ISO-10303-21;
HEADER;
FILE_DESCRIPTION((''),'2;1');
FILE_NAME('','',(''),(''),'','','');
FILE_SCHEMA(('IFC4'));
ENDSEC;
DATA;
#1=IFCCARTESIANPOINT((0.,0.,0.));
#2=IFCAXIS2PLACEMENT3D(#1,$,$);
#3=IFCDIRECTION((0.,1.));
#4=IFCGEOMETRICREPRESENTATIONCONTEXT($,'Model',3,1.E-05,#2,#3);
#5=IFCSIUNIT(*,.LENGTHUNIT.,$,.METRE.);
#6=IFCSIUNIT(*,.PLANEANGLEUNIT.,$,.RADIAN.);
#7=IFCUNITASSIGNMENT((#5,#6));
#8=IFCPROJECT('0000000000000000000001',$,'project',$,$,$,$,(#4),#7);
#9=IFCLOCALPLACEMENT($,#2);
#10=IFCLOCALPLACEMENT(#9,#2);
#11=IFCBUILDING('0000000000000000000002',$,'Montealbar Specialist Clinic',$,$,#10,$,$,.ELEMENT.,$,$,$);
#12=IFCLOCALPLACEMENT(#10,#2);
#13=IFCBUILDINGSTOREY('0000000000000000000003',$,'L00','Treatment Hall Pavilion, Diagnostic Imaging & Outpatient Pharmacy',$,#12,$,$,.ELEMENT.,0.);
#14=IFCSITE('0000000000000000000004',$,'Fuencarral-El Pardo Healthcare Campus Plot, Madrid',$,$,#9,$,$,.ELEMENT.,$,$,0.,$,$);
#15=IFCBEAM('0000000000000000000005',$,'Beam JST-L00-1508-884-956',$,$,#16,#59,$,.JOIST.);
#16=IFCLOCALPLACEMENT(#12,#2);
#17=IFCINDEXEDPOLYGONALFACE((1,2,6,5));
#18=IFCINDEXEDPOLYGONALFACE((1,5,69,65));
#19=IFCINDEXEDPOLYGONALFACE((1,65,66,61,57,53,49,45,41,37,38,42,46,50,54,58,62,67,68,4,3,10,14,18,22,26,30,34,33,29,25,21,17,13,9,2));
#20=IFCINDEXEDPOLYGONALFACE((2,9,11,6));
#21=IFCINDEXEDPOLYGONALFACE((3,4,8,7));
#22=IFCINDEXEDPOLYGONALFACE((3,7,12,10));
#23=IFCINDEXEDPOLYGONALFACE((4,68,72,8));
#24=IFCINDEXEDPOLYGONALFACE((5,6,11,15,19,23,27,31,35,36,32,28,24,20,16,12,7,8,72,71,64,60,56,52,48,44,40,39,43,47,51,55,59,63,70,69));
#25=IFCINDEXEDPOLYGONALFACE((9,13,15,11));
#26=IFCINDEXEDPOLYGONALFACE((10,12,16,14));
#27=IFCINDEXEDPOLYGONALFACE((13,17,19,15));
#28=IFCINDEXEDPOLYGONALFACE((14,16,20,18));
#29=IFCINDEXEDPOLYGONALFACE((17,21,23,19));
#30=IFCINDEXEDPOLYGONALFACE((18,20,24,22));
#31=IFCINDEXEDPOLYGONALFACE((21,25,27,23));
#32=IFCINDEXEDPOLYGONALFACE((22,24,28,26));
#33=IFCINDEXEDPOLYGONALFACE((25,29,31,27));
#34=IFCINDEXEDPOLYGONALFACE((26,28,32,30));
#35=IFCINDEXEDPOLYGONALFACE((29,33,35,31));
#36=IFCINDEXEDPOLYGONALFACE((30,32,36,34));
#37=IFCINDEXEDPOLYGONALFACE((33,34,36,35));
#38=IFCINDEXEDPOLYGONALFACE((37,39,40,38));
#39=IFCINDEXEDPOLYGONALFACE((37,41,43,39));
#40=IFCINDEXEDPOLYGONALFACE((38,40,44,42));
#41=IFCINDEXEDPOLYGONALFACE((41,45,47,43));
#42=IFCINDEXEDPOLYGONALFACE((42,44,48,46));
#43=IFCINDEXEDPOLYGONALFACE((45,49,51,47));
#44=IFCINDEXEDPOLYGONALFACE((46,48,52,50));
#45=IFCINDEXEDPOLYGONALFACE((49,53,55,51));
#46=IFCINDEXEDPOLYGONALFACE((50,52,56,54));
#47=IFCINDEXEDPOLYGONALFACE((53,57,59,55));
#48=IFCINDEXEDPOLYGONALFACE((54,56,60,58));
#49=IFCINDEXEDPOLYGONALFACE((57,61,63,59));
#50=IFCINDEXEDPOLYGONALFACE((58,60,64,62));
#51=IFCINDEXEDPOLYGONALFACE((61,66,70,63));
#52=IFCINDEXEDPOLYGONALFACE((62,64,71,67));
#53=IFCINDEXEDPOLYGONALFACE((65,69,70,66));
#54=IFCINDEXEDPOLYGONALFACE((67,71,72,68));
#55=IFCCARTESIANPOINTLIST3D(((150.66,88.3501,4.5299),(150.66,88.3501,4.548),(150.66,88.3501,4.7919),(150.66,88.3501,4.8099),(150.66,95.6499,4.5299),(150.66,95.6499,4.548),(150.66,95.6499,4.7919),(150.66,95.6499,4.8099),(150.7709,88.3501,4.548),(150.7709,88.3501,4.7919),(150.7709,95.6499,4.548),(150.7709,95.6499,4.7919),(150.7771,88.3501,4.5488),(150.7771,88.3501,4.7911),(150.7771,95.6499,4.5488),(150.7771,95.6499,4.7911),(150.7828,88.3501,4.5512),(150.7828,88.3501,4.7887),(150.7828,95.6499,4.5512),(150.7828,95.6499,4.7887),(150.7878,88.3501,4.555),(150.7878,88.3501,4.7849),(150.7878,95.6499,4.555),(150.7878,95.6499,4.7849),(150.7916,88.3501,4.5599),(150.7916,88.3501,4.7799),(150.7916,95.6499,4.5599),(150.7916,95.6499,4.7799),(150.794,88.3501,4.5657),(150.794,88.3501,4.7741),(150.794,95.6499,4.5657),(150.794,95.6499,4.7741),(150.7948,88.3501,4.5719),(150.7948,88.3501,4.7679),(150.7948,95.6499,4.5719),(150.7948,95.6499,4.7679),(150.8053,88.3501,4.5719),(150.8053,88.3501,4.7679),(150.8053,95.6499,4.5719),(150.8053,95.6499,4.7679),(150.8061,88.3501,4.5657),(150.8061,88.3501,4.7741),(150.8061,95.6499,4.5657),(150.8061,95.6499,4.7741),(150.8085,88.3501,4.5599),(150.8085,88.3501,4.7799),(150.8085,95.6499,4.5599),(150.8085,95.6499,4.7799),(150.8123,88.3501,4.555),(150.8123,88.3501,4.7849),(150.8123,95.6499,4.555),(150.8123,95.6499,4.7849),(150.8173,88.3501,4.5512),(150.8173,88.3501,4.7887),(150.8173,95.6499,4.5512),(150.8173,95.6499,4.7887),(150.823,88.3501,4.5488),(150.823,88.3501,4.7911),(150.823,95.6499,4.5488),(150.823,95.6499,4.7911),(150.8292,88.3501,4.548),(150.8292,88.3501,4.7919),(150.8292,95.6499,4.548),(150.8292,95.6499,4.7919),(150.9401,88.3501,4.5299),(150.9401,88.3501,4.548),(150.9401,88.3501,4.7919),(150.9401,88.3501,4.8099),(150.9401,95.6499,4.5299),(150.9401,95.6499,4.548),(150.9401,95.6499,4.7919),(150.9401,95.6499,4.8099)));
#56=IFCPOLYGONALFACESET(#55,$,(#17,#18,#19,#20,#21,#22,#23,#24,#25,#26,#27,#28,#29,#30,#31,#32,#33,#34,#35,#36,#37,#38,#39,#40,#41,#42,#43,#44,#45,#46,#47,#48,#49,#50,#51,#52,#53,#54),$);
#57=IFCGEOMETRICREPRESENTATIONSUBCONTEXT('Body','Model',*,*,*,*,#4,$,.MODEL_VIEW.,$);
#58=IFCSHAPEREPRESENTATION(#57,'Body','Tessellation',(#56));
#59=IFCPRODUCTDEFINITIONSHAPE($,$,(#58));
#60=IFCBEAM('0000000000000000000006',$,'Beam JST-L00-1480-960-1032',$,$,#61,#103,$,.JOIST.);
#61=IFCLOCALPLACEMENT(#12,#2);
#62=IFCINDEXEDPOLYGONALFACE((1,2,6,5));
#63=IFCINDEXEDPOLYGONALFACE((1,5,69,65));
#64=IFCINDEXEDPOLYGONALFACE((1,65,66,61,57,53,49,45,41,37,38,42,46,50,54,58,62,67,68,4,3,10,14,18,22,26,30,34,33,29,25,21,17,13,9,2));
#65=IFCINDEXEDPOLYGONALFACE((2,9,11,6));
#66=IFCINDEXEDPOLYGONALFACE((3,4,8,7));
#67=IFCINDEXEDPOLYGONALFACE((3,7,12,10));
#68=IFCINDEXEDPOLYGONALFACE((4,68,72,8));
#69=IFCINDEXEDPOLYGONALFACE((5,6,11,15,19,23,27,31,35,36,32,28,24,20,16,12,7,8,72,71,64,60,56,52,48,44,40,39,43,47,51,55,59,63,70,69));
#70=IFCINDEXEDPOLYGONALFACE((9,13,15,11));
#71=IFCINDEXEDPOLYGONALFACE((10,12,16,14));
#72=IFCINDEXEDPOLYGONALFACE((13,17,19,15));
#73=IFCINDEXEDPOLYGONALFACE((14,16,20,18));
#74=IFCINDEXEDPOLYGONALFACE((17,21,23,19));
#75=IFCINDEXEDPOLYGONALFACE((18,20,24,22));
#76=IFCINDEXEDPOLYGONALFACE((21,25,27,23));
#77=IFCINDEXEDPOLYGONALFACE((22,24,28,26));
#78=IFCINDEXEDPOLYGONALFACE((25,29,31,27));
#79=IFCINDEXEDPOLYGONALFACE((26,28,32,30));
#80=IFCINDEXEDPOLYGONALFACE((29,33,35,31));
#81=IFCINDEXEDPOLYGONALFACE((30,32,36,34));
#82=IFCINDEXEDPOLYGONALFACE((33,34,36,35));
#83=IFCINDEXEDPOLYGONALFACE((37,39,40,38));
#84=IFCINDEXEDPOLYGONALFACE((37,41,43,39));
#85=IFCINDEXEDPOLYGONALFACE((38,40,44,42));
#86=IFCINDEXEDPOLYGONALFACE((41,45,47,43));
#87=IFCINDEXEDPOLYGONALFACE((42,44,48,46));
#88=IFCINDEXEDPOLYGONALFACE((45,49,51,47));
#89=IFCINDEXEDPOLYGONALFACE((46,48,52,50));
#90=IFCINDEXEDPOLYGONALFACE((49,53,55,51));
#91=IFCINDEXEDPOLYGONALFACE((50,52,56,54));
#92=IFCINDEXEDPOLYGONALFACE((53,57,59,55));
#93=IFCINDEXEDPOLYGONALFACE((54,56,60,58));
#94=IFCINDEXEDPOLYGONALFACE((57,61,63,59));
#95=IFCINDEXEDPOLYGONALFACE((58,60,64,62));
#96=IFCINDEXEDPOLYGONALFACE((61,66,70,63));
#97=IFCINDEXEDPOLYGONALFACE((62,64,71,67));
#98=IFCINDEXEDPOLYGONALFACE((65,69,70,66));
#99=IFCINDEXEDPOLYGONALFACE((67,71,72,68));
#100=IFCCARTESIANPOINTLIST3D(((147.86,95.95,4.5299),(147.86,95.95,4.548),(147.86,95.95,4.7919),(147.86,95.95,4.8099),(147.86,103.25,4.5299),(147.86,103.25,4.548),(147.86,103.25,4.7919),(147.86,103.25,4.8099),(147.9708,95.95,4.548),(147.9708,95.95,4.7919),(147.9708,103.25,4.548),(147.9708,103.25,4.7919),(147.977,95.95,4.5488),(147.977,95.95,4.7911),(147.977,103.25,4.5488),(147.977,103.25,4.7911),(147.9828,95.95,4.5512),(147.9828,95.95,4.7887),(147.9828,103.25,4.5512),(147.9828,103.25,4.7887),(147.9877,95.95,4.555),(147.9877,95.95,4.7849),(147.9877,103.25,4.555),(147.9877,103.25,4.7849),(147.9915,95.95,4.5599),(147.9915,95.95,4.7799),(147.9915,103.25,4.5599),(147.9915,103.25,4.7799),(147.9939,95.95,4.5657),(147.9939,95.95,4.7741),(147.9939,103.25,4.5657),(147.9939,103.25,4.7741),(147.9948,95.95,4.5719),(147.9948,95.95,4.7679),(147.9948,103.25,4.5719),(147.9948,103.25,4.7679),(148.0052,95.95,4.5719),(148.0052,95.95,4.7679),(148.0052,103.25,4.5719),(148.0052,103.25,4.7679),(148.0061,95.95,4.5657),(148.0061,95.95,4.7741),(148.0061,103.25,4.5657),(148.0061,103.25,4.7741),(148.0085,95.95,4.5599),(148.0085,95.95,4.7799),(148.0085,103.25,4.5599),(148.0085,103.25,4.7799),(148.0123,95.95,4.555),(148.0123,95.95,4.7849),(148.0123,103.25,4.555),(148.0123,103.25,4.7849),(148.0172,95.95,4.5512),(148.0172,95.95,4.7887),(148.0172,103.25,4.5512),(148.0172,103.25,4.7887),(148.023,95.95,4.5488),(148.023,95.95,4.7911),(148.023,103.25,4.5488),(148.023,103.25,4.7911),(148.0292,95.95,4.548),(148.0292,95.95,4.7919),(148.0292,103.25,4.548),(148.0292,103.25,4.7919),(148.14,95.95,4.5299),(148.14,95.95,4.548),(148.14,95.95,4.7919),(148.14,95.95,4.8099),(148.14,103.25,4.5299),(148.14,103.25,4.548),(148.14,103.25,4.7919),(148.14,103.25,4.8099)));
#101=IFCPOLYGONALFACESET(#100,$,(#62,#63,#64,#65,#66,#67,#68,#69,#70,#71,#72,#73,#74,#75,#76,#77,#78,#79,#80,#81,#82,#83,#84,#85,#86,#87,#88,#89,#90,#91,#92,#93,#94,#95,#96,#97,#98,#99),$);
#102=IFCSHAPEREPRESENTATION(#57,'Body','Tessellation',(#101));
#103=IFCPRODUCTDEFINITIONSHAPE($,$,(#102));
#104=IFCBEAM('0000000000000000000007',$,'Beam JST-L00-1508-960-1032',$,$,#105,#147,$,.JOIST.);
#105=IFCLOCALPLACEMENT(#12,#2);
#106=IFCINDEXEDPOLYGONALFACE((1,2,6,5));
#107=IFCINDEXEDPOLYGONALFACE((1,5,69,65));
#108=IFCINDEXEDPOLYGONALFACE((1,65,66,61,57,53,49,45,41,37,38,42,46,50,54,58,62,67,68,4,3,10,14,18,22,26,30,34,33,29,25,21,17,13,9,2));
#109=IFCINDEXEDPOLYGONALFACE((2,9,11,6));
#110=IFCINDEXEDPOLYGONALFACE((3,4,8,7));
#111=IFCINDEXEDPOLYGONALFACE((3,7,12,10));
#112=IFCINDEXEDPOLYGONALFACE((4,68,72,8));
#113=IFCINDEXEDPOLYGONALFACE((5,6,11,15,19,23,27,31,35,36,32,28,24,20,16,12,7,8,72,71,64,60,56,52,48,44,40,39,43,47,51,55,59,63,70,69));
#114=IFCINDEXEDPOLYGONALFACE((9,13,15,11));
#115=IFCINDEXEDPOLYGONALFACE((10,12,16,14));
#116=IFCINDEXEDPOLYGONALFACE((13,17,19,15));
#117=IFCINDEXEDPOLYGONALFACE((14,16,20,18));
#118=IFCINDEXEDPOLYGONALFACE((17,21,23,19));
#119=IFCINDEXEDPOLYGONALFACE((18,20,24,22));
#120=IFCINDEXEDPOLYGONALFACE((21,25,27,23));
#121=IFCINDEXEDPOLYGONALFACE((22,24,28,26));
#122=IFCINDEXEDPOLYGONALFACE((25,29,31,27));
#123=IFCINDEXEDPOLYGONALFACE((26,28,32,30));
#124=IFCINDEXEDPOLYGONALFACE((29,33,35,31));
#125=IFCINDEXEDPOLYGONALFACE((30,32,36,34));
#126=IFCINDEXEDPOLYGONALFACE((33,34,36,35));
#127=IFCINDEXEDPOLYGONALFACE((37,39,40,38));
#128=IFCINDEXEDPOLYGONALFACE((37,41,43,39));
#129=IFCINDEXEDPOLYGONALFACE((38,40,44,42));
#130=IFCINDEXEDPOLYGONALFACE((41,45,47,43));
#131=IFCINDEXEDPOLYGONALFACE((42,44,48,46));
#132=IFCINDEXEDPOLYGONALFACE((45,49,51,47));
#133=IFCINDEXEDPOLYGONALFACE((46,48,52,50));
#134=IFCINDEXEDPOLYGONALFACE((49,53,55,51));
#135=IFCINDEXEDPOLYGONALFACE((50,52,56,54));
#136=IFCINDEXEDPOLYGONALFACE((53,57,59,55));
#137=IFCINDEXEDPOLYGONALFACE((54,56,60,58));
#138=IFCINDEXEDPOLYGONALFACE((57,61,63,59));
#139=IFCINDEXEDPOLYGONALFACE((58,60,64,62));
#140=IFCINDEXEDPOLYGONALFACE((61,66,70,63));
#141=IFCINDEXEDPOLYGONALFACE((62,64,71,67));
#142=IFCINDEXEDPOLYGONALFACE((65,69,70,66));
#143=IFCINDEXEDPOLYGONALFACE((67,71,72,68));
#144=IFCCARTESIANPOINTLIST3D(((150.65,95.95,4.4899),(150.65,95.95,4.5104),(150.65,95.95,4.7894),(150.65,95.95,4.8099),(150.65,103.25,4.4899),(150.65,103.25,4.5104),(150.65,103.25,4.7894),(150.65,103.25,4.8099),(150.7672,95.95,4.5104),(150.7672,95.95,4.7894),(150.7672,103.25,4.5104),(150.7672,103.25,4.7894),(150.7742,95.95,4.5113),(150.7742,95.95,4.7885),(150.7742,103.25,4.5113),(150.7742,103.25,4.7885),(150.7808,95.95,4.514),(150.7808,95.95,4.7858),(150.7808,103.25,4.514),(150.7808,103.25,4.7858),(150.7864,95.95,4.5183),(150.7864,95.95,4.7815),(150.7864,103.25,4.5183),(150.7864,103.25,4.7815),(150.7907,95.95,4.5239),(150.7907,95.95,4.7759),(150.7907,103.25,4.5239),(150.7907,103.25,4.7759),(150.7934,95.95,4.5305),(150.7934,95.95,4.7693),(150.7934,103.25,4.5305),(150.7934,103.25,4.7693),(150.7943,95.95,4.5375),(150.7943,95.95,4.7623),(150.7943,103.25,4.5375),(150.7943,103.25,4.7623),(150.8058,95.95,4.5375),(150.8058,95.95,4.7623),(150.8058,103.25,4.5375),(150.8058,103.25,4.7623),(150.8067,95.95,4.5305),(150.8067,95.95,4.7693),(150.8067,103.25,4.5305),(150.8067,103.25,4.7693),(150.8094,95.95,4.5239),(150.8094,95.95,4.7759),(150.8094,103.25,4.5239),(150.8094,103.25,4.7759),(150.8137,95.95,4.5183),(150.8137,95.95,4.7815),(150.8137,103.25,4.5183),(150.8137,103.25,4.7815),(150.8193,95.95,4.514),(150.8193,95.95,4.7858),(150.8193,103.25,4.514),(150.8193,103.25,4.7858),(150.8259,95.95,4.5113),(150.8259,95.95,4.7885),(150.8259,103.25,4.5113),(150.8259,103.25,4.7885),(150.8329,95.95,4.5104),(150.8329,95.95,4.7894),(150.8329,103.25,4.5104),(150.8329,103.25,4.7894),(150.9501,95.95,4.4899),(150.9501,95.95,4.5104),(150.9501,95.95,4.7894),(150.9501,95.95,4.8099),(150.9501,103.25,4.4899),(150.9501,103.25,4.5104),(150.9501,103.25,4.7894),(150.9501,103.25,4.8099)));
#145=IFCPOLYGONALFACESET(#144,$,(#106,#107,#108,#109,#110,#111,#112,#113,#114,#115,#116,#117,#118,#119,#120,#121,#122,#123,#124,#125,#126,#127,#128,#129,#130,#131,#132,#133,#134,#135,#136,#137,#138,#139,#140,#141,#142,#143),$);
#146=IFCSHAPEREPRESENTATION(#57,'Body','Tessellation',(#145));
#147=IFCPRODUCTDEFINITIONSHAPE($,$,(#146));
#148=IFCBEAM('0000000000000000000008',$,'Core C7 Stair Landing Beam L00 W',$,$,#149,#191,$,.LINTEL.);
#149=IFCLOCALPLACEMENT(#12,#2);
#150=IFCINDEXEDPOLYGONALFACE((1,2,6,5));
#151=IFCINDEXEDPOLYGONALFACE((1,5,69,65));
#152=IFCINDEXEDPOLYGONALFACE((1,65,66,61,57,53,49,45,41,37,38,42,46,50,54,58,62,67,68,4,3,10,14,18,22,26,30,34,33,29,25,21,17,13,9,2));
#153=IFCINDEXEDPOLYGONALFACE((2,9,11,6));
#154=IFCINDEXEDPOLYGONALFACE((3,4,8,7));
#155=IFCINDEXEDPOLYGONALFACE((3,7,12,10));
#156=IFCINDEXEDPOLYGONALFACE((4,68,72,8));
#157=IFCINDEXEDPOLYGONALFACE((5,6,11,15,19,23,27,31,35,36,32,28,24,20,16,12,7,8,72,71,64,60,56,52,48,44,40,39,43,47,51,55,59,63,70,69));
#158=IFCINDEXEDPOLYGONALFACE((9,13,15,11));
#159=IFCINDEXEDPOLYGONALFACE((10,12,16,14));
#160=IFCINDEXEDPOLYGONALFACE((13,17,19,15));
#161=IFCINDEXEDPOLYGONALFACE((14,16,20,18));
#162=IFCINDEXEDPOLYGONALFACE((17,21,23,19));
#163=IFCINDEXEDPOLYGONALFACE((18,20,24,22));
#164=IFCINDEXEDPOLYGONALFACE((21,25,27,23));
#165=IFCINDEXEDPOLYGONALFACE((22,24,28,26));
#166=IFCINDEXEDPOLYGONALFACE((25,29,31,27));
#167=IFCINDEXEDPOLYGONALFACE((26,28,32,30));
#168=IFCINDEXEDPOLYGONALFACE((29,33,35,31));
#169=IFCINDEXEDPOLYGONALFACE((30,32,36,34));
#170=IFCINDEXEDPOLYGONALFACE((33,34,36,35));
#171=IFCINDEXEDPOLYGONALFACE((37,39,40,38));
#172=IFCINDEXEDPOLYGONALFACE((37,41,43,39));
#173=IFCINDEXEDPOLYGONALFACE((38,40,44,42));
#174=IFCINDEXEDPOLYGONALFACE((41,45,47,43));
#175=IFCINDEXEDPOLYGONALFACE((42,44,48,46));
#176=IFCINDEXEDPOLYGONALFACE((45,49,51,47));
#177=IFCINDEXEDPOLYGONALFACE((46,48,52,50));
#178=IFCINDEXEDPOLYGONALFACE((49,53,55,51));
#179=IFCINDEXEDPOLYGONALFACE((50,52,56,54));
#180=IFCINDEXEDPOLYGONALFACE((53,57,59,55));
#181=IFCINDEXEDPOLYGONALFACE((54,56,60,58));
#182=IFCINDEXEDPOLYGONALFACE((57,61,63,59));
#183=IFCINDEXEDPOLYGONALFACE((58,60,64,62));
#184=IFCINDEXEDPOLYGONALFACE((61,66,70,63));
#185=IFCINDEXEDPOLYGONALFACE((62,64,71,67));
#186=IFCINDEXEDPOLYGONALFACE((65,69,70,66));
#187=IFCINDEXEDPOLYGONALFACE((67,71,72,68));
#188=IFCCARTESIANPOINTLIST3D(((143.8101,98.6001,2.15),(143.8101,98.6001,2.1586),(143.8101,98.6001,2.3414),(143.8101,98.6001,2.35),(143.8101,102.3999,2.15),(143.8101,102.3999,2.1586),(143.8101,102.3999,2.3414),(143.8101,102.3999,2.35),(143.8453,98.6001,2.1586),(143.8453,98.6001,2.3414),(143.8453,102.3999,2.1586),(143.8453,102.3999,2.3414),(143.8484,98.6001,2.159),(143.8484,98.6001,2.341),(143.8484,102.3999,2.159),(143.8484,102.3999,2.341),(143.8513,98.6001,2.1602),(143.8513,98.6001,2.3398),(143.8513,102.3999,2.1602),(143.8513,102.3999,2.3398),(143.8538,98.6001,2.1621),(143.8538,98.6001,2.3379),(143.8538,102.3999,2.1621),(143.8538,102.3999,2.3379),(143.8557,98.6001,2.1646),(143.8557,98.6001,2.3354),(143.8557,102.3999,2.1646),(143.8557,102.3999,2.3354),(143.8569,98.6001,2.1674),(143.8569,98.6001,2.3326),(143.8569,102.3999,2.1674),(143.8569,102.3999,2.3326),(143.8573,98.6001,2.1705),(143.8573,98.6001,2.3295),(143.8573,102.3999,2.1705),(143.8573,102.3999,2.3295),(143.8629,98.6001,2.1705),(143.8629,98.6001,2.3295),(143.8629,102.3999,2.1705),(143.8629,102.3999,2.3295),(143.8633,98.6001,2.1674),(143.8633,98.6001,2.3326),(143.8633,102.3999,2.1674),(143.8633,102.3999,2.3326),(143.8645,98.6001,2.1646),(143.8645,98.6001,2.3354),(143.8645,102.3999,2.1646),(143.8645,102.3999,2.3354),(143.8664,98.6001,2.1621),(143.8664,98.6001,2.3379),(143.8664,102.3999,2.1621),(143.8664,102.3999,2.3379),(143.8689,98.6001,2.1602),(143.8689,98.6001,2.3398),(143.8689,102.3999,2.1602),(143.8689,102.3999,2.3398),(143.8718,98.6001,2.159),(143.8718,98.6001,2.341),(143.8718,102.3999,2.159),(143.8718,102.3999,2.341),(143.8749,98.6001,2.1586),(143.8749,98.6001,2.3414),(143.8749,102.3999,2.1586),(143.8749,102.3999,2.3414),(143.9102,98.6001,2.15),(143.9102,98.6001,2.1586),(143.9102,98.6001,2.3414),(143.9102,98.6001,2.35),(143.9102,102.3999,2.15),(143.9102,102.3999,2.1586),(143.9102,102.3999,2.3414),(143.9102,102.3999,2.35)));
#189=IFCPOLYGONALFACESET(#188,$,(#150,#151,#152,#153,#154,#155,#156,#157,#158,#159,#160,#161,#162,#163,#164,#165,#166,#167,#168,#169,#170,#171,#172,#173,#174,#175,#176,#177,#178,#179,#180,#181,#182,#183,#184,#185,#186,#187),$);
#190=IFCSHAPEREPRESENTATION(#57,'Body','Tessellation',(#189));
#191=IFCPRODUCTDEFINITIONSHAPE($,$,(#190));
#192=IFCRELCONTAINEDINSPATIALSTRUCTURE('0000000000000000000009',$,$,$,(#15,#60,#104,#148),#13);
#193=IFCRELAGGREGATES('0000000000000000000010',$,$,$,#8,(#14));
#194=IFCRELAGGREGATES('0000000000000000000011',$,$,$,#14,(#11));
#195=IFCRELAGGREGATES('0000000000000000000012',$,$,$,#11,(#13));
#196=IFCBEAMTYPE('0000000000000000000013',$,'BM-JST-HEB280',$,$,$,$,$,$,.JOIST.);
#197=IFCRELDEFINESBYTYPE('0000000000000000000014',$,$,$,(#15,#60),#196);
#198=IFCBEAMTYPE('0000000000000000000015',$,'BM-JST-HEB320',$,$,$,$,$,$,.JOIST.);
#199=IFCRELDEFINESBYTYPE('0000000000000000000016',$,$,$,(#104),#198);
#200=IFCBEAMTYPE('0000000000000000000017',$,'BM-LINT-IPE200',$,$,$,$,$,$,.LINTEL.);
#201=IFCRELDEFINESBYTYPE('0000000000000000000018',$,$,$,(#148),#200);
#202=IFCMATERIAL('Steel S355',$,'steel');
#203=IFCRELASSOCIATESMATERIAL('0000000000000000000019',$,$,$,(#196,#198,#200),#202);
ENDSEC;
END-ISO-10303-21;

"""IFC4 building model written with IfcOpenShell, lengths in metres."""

from ifc_helpers import new_model, si_unit, direction, frame, origin, origin_2d, place, context, subcontext, project, spatial, i_section, extrude, material, material_profile, profile_set, type_object, element, save


model = new_model("IFC4")

# Units and contexts
model_context = context("Model", 3, precision=1e-05, world=origin(), true_north=direction((0.0, 1.0)))
body_context = subcontext(model_context, "Body", "Model", "MODEL_VIEW")
ifc_project = project(units=[si_unit("LENGTHUNIT", "METRE"), si_unit("PLANEANGLEUNIT", "RADIAN")], contexts=[model_context])

# Site, building, storey
site_placement = place(None, origin())
site = spatial("IfcSite", under=ifc_project, at=site_placement, Name="Fuencarral-El Pardo Healthcare Campus Plot, Madrid", CompositionType="ELEMENT", RefElevation=0.0)
building_placement = place(site_placement, origin())
building = spatial("IfcBuilding", under=site, at=building_placement, Name="Montealbar Specialist Clinic", CompositionType="ELEMENT")
storey_placement = place(building_placement, origin())
storey = spatial("IfcBuildingStorey", under=building, at=storey_placement, Name="L00", Description="Treatment Hall Pavilion, Diagnostic Imaging & Outpatient Pharmacy", CompositionType="ELEMENT", Elevation=0.0)

# Shared definitions
ifc_material_1 = material(Name="Steel S355", Category="steel")

# Beams
ifc_material_profile_1 = material_profile(ifc_material_1, i_section(OverallWidth=0.28, OverallDepth=0.28, WebThickness=0.0105, FlangeThickness=0.0181, FilletRadius=0.0239, at=origin_2d()), Name="HEB 280", Category="steel")
ifc_profile_set_1 = profile_set([ifc_material_profile_1], Name="Steel S355")
beam_type_1 = type_object("IfcBeamType", Name="BM-JST-HEB280", PredefinedType="JOIST", material=ifc_profile_set_1)
beam_1_placement = place(storey_placement, frame((150.8, 88.3501, 4.6699), z_axis=(0.0, 1.0, 0.0), x_axis=(-1.0, 0.0, 0.0)))
element("IfcBeam", 1, at=beam_1_placement, inside=storey, type_object=beam_type_1, Name="Beam JST-L00-1508-884-956", PredefinedType="JOIST", context=body_context, shape_type="SweptSolid", body=[
    extrude(i_section(OverallWidth=0.28, OverallDepth=0.28, WebThickness=0.0105, FlangeThickness=0.0181, FilletRadius=0.0239, at=origin_2d()), origin(), (0.0, 0.0, 1.0), 7.2998),
])
beam_2_placement = place(storey_placement, frame((148.0, 95.95, 4.6699), z_axis=(0.0, 1.0, 0.0), x_axis=(-1.0, 0.0, 0.0)))
element("IfcBeam", 2, at=beam_2_placement, inside=storey, type_object=beam_type_1, Name="Beam JST-L00-1480-960-1032", PredefinedType="JOIST", context=body_context, shape_type="SweptSolid", body=[
    extrude(i_section(OverallWidth=0.28, OverallDepth=0.28, WebThickness=0.0105, FlangeThickness=0.0181, FilletRadius=0.0239, at=origin_2d()), origin(), (0.0, 0.0, 1.0), 7.3),
])
ifc_material_profile_2 = material_profile(ifc_material_1, i_section(OverallWidth=0.3, OverallDepth=0.3201, WebThickness=0.0115, FlangeThickness=0.0205, FilletRadius=0.0271, at=origin_2d()), Name="HEB 320", Category="steel")
ifc_profile_set_2 = profile_set([ifc_material_profile_2], Name="Steel S355")
beam_type_2 = type_object("IfcBeamType", Name="BM-JST-HEB320", PredefinedType="JOIST", material=ifc_profile_set_2)
beam_3_placement = place(storey_placement, frame((150.8, 95.95, 4.6499), z_axis=(0.0, 1.0, 0.0), x_axis=(-1.0, 0.0, 0.0)))
element("IfcBeam", 3, at=beam_3_placement, inside=storey, type_object=beam_type_2, Name="Beam JST-L00-1508-960-1032", PredefinedType="JOIST", context=body_context, shape_type="SweptSolid", body=[
    extrude(i_section(OverallWidth=0.3, OverallDepth=0.3201, WebThickness=0.0115, FlangeThickness=0.0205, FilletRadius=0.0271, at=origin_2d()), origin(), (0.0, 0.0, 1.0), 7.3),
])
ifc_material_profile_3 = material_profile(ifc_material_1, i_section(OverallWidth=0.1001, OverallDepth=0.2, WebThickness=0.0056, FlangeThickness=0.0085, FilletRadius=0.012, at=origin_2d()), Name="IPE 200", Category="steel")
ifc_profile_set_3 = profile_set([ifc_material_profile_3], Name="Steel S355")
beam_type_3 = type_object("IfcBeamType", Name="BM-LINT-IPE200", PredefinedType="LINTEL", material=ifc_profile_set_3)
beam_4_placement = place(storey_placement, frame((143.8601, 98.6001, 2.25), z_axis=(0.0, 1.0, 0.0), x_axis=(-1.0, 0.0, 0.0)))
element("IfcBeam", 4, at=beam_4_placement, inside=storey, type_object=beam_type_3, Name="Core C7 Stair Landing Beam L00 W", PredefinedType="LINTEL", context=body_context, shape_type="SweptSolid", body=[
    extrude(i_section(OverallWidth=0.1001, OverallDepth=0.2, WebThickness=0.0056, FlangeThickness=0.0085, FilletRadius=0.012, at=origin_2d()), origin(), (0.0, 0.0, 1.0), 3.7998),
])

save(model, "model.ifc")
